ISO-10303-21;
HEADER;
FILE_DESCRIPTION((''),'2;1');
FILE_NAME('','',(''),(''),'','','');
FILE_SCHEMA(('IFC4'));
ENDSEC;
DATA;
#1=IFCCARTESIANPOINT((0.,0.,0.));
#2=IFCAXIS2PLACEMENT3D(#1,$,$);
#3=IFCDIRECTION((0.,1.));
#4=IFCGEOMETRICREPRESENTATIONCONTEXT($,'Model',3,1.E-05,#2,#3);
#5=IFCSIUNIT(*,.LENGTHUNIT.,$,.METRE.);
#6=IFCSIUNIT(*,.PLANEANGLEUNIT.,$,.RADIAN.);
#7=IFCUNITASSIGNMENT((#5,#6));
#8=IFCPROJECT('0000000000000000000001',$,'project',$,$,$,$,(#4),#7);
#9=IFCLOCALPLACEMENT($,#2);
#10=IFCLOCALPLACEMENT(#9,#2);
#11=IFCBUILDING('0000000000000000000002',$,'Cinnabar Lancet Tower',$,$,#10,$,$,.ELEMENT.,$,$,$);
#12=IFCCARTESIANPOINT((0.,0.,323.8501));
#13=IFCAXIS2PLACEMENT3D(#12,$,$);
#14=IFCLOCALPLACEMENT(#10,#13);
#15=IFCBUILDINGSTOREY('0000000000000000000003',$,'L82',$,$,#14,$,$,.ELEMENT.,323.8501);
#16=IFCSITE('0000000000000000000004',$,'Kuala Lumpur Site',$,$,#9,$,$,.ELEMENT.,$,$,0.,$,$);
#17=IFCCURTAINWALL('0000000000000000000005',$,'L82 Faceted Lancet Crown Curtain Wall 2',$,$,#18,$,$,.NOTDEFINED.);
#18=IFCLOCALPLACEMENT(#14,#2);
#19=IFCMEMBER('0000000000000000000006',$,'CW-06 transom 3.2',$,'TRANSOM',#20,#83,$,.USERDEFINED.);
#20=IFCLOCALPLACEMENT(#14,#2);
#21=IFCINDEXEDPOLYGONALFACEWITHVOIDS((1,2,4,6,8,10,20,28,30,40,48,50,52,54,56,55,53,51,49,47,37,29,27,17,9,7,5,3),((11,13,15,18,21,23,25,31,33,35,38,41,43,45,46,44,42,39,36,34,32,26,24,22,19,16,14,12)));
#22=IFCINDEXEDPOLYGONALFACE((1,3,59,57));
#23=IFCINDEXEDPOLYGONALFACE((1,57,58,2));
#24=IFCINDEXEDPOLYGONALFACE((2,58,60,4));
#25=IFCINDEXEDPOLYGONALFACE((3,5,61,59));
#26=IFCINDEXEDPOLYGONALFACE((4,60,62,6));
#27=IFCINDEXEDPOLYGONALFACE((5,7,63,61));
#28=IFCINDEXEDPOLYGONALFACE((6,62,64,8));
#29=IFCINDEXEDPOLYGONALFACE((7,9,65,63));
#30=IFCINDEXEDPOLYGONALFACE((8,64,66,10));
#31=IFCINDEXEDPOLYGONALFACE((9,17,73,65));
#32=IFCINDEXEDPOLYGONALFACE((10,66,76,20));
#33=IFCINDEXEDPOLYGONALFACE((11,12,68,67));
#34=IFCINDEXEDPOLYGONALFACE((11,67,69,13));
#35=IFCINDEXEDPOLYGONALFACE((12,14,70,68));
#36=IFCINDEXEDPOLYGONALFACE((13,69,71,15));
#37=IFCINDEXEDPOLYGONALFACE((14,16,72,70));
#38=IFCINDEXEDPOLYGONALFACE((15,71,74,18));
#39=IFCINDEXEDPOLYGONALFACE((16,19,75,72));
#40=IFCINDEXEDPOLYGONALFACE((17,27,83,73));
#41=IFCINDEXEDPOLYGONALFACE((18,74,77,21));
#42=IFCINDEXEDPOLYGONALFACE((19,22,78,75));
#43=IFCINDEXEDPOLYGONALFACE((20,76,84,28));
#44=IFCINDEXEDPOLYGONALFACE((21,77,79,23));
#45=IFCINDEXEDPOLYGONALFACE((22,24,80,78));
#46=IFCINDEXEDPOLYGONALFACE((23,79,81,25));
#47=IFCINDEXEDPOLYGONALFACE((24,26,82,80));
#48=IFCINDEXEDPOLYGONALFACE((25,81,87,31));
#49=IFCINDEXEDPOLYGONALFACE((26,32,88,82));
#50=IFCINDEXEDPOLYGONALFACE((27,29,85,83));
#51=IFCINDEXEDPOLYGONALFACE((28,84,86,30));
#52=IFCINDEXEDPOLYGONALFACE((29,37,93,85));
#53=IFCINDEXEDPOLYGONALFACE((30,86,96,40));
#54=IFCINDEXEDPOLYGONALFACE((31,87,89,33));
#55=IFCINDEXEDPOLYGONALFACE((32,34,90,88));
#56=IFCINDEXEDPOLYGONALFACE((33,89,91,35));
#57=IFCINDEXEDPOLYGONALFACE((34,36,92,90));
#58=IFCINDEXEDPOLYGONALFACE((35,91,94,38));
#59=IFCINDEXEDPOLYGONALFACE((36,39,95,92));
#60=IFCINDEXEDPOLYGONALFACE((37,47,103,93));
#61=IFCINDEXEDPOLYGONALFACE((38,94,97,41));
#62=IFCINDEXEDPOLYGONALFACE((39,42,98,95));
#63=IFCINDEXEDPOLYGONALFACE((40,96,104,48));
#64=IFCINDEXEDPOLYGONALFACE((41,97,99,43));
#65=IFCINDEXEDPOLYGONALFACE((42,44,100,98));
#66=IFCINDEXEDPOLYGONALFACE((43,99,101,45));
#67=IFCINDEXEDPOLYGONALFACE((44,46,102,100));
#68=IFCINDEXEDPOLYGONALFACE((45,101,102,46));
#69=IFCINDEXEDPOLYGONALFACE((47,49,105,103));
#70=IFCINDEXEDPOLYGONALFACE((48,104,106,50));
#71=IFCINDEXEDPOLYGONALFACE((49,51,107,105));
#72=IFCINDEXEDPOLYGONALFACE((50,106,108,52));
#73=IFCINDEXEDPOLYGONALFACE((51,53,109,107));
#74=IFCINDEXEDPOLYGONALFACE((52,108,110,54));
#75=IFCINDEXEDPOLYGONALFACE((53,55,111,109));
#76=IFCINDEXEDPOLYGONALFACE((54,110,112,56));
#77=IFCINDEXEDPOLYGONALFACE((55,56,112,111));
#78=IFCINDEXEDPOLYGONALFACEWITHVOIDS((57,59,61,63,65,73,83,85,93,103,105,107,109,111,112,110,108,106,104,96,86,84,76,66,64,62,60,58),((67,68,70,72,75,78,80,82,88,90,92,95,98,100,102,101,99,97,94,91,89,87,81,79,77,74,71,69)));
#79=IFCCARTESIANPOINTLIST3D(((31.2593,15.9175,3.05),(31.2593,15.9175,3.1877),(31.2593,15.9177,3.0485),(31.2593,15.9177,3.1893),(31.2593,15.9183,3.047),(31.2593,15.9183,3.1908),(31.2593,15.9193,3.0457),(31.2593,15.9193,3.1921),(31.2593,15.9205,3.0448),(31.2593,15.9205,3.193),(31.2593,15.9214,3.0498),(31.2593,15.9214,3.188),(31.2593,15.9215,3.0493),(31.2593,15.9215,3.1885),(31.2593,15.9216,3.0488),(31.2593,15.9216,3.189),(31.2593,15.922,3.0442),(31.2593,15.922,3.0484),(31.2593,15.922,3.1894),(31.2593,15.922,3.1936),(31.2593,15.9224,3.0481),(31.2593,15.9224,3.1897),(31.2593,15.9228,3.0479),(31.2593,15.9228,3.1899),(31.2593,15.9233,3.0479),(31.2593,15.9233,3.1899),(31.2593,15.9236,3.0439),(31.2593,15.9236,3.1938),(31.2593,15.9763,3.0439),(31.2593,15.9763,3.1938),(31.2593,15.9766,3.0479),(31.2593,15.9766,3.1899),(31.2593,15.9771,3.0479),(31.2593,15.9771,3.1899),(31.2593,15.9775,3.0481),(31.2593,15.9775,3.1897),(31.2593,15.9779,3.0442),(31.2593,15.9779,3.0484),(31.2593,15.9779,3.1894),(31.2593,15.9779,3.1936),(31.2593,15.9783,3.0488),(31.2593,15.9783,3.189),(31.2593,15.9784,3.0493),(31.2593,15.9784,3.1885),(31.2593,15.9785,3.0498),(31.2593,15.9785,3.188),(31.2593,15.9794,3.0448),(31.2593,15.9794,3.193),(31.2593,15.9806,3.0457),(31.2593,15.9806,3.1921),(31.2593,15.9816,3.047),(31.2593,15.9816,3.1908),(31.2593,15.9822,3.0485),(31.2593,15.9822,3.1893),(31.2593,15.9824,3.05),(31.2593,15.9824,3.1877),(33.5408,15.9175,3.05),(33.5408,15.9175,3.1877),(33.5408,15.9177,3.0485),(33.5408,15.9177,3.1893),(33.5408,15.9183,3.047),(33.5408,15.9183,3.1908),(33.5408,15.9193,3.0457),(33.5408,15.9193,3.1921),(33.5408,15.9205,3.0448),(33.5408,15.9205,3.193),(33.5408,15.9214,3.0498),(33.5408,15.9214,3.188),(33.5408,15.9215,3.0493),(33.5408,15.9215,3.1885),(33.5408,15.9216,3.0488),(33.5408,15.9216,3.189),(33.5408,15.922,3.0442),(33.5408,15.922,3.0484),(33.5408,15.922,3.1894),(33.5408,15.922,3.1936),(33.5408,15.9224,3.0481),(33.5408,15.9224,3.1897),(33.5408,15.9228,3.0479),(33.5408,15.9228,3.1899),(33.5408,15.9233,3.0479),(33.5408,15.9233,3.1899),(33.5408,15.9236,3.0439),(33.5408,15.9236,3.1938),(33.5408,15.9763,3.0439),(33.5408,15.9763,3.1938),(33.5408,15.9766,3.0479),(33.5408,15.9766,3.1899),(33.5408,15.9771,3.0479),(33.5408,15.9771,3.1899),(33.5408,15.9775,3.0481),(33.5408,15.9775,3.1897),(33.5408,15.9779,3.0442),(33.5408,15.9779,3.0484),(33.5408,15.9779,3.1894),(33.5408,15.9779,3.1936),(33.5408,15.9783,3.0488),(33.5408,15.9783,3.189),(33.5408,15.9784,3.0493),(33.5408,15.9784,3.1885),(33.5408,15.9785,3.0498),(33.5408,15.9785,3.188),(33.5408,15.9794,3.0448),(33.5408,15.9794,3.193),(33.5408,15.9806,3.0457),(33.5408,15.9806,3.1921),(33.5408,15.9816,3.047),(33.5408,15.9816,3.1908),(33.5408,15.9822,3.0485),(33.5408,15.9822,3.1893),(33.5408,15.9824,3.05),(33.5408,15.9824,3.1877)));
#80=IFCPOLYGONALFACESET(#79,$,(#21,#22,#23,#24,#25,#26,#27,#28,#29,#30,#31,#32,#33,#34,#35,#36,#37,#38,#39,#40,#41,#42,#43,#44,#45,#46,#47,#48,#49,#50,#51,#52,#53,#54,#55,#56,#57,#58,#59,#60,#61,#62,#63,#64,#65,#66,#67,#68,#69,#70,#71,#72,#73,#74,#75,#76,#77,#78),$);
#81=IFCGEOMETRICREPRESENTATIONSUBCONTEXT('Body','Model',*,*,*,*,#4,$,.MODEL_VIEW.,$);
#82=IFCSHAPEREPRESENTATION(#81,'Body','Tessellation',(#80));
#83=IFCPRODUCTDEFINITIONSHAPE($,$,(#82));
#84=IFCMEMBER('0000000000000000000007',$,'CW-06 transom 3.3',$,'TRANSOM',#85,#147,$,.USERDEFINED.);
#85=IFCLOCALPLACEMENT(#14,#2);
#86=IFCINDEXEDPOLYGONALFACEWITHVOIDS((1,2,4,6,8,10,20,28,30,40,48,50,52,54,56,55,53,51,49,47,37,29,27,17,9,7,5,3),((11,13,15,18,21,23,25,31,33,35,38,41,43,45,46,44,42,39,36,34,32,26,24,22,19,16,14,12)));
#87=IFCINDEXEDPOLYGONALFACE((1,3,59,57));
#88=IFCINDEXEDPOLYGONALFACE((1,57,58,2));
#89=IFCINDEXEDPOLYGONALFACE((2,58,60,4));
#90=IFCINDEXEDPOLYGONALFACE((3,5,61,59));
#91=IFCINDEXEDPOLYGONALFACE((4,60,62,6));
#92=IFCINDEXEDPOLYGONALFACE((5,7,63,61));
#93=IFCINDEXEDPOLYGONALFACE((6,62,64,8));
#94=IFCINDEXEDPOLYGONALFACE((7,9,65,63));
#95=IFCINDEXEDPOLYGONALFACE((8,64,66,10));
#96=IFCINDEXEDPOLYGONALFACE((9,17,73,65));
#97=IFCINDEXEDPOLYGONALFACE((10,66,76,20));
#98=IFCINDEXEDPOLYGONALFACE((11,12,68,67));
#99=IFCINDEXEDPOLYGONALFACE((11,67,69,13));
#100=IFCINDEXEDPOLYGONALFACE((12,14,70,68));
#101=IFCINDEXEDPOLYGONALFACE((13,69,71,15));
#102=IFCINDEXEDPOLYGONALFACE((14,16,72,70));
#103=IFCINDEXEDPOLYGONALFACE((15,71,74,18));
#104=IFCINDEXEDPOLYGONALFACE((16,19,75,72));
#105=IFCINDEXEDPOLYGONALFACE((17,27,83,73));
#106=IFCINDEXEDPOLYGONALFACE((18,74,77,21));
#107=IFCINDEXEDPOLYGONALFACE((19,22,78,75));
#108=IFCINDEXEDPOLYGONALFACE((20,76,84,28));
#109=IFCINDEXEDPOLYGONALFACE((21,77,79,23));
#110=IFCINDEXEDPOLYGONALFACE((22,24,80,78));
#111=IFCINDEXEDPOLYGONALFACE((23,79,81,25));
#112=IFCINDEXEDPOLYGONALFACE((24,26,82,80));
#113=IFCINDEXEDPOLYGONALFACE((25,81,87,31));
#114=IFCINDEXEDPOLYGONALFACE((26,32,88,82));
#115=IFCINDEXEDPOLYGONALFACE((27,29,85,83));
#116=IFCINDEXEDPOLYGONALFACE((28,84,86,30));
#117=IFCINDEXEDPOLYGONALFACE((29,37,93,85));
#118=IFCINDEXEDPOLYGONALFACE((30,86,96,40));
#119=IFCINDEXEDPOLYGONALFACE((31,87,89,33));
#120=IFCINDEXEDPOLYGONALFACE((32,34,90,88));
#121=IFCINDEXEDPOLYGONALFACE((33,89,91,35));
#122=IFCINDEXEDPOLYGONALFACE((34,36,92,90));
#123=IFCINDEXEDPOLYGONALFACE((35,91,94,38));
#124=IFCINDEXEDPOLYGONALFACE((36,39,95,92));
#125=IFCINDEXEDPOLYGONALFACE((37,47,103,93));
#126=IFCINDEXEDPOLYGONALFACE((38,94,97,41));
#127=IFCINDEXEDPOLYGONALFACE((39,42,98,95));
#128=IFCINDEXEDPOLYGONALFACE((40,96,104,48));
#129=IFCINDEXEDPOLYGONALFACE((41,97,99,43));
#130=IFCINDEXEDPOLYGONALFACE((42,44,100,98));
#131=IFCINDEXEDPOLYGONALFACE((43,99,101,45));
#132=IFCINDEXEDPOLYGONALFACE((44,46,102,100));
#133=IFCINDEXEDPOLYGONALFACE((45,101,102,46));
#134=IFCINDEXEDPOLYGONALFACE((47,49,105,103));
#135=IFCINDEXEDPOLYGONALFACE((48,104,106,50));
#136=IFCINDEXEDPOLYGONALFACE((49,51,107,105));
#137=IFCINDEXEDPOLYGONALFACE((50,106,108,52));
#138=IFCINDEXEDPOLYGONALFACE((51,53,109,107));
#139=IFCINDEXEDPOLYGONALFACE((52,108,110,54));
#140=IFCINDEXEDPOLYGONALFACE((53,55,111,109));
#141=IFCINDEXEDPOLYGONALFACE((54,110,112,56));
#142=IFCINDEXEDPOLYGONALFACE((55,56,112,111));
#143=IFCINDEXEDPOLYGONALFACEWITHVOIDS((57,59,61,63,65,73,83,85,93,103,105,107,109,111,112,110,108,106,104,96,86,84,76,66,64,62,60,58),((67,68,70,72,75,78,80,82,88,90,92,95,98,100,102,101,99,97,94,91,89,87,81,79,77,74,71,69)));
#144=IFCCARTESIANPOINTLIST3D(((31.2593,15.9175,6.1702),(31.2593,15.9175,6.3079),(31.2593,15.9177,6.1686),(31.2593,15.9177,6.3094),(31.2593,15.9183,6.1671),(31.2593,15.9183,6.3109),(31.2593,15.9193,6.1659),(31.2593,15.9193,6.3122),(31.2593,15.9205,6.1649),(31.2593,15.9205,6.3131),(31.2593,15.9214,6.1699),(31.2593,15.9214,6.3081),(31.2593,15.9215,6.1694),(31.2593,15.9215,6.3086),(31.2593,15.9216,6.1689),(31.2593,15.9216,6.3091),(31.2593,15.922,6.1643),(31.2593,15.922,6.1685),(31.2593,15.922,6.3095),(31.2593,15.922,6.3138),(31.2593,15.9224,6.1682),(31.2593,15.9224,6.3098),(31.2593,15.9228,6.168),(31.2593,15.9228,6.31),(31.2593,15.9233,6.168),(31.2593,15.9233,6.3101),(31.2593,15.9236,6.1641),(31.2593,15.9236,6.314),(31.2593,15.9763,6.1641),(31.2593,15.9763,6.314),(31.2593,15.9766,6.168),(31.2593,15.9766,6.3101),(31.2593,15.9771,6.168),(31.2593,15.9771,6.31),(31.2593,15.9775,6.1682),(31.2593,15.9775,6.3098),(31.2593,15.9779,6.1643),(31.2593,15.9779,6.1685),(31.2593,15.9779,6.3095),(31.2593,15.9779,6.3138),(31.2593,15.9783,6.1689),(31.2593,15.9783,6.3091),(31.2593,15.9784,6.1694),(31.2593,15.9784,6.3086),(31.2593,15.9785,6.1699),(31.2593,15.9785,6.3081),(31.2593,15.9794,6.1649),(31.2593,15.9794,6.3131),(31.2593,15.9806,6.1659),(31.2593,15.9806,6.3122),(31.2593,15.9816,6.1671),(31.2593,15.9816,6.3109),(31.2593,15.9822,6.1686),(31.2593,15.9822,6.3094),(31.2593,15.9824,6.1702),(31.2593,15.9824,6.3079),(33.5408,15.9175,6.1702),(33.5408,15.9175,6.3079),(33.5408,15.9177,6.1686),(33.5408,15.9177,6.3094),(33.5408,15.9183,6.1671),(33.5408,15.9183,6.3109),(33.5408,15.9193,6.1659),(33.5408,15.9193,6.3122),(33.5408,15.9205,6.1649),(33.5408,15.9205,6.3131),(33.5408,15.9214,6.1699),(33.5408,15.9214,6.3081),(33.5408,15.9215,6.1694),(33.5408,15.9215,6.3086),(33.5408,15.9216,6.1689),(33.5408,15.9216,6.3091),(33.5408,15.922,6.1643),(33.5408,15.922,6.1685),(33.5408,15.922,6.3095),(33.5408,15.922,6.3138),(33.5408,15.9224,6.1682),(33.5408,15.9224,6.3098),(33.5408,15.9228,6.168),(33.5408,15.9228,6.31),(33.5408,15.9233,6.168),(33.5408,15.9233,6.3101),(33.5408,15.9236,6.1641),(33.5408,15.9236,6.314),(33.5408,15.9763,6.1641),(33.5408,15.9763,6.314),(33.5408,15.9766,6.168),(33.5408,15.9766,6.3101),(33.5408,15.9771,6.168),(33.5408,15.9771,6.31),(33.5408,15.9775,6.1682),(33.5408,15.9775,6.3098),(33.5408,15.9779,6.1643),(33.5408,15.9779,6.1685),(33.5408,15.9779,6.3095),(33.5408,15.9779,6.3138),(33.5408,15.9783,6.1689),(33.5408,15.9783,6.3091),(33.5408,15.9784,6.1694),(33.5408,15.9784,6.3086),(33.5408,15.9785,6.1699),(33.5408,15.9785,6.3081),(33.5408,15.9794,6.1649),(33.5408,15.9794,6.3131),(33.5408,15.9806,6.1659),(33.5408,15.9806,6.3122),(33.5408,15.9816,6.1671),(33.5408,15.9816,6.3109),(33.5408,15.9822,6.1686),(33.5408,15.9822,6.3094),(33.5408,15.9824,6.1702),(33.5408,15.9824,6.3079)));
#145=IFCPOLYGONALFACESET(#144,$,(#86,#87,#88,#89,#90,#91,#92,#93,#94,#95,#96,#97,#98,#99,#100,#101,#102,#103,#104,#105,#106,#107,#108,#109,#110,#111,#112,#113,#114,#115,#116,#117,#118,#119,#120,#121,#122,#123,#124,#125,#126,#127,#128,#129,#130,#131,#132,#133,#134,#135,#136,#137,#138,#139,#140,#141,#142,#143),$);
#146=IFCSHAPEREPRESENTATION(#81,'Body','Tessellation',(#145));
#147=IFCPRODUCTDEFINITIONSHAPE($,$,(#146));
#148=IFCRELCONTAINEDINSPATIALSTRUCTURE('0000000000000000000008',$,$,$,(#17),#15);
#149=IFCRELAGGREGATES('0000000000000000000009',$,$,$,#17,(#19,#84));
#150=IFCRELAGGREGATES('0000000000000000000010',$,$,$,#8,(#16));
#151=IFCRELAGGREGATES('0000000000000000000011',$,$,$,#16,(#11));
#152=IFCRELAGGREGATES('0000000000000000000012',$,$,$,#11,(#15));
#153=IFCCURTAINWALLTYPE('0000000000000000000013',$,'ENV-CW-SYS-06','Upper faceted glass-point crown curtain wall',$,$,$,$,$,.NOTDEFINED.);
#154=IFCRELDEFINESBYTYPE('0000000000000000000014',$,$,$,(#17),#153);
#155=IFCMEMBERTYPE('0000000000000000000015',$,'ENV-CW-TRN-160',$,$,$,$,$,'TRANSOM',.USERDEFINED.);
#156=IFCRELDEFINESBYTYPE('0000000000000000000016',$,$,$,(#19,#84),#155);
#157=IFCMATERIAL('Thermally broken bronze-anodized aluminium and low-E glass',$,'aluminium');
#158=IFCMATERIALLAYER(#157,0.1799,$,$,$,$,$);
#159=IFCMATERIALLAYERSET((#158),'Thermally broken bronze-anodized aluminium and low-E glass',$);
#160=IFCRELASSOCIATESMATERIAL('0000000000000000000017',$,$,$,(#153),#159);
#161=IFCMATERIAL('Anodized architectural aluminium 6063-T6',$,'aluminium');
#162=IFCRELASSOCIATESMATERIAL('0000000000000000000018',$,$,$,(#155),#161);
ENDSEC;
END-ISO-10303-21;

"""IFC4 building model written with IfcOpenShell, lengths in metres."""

from ifc_helpers import new_model, si_unit, direction, frame, origin, origin_2d, place, context, subcontext, project, spatial, hollow_rectangle, extrude, material, layer, layer_set, material_profile, profile_set, type_object, element, aggregate, save


model = new_model("IFC4")

# Units and contexts
model_context = context("Model", 3, precision=1e-05, world=origin(), true_north=direction((0.0, 1.0)))
body_context = subcontext(model_context, "Body", "Model", "MODEL_VIEW")
ifc_project = project(units=[si_unit("LENGTHUNIT", "METRE"), si_unit("PLANEANGLEUNIT", "RADIAN")], contexts=[model_context])

# Site, building, storey
site_placement = place(None, origin())
site = spatial("IfcSite", under=ifc_project, at=site_placement, Name="Kuala Lumpur Site", CompositionType="ELEMENT", RefElevation=0.0)
building_placement = place(site_placement, origin())
building = spatial("IfcBuilding", under=site, at=building_placement, Name="Cinnabar Lancet Tower", CompositionType="ELEMENT")
storey_placement = place(building_placement, frame((0.0, 0.0, 323.8501)))
storey = spatial("IfcBuildingStorey", under=building, at=storey_placement, Name="L82", CompositionType="ELEMENT", Elevation=323.8501)

# Curtain wall
ifc_material_1 = material(Name="Thermally broken bronze-anodized aluminium and low-E glass", Category="aluminium")
ifc_layer_1 = layer(ifc_material_1, 0.1799)
ifc_layer_set_1 = layer_set([ifc_layer_1], Name="Thermally broken bronze-anodized aluminium and low-E glass")
curtain_wall_type = type_object("IfcCurtainWallType", Name="ENV-CW-SYS-06", Description="Upper faceted glass-point crown curtain wall", PredefinedType="NOTDEFINED", material=ifc_layer_set_1)
curtain_wall_1_placement = place(storey_placement, origin())
curtain_wall_1 = element("IfcCurtainWall", 1, at=curtain_wall_1_placement, inside=storey, type_object=curtain_wall_type, Name="L82 Faceted Lancet Crown Curtain Wall 2", PredefinedType="NOTDEFINED")

# Members
ifc_material_2 = material(Name="Anodized architectural aluminium 6063-T6", Category="aluminium")
ifc_material_profile_1 = material_profile(ifc_material_2, hollow_rectangle(XDim=0.0649, YDim=0.1499, WallThickness=0.0039, InnerFilletRadius=0.002, OuterFilletRadius=0.0061, at=origin_2d()), Name="CW-TRN 150x65x4")
ifc_profile_set_1 = profile_set([ifc_material_profile_1], Name="Anodized architectural aluminium 6063-T6")
member_type_1 = type_object("IfcMemberType", Name="ENV-CW-TRN-160", ElementType="TRANSOM", PredefinedType="USERDEFINED", material=ifc_profile_set_1)
member_1_placement = place(storey_placement, frame((31.2593, 15.95, 3.1189), z_axis=(1.0, 0.0, 0.0), x_axis=(0.0, 1.0, 0.0)))
member_1 = element("IfcMember", 2, at=member_1_placement, type_object=member_type_1, Name="CW-06 transom 3.2", ObjectType="TRANSOM", PredefinedType="USERDEFINED", context=body_context, shape_type="SweptSolid", body=[
    extrude(hollow_rectangle(XDim=0.0649, YDim=0.1499, WallThickness=0.0039, InnerFilletRadius=0.002, OuterFilletRadius=0.0061, at=origin_2d()), origin(), (0.0, 0.0, 1.0), 2.2815),
])
member_2_placement = place(storey_placement, frame((31.2593, 15.95, 6.239), z_axis=(1.0, 0.0, 0.0), x_axis=(0.0, 1.0, 0.0)))
member_2 = element("IfcMember", 3, at=member_2_placement, type_object=member_type_1, Name="CW-06 transom 3.3", ObjectType="TRANSOM", PredefinedType="USERDEFINED", context=body_context, shape_type="SweptSolid", body=[
    extrude(hollow_rectangle(XDim=0.0649, YDim=0.1499, WallThickness=0.0039, InnerFilletRadius=0.002, OuterFilletRadius=0.0061, at=origin_2d()), origin(), (0.0, 0.0, 1.0), 2.2815),
])

aggregate(curtain_wall_1, [member_1, member_2])

save(model, "model.ifc")
